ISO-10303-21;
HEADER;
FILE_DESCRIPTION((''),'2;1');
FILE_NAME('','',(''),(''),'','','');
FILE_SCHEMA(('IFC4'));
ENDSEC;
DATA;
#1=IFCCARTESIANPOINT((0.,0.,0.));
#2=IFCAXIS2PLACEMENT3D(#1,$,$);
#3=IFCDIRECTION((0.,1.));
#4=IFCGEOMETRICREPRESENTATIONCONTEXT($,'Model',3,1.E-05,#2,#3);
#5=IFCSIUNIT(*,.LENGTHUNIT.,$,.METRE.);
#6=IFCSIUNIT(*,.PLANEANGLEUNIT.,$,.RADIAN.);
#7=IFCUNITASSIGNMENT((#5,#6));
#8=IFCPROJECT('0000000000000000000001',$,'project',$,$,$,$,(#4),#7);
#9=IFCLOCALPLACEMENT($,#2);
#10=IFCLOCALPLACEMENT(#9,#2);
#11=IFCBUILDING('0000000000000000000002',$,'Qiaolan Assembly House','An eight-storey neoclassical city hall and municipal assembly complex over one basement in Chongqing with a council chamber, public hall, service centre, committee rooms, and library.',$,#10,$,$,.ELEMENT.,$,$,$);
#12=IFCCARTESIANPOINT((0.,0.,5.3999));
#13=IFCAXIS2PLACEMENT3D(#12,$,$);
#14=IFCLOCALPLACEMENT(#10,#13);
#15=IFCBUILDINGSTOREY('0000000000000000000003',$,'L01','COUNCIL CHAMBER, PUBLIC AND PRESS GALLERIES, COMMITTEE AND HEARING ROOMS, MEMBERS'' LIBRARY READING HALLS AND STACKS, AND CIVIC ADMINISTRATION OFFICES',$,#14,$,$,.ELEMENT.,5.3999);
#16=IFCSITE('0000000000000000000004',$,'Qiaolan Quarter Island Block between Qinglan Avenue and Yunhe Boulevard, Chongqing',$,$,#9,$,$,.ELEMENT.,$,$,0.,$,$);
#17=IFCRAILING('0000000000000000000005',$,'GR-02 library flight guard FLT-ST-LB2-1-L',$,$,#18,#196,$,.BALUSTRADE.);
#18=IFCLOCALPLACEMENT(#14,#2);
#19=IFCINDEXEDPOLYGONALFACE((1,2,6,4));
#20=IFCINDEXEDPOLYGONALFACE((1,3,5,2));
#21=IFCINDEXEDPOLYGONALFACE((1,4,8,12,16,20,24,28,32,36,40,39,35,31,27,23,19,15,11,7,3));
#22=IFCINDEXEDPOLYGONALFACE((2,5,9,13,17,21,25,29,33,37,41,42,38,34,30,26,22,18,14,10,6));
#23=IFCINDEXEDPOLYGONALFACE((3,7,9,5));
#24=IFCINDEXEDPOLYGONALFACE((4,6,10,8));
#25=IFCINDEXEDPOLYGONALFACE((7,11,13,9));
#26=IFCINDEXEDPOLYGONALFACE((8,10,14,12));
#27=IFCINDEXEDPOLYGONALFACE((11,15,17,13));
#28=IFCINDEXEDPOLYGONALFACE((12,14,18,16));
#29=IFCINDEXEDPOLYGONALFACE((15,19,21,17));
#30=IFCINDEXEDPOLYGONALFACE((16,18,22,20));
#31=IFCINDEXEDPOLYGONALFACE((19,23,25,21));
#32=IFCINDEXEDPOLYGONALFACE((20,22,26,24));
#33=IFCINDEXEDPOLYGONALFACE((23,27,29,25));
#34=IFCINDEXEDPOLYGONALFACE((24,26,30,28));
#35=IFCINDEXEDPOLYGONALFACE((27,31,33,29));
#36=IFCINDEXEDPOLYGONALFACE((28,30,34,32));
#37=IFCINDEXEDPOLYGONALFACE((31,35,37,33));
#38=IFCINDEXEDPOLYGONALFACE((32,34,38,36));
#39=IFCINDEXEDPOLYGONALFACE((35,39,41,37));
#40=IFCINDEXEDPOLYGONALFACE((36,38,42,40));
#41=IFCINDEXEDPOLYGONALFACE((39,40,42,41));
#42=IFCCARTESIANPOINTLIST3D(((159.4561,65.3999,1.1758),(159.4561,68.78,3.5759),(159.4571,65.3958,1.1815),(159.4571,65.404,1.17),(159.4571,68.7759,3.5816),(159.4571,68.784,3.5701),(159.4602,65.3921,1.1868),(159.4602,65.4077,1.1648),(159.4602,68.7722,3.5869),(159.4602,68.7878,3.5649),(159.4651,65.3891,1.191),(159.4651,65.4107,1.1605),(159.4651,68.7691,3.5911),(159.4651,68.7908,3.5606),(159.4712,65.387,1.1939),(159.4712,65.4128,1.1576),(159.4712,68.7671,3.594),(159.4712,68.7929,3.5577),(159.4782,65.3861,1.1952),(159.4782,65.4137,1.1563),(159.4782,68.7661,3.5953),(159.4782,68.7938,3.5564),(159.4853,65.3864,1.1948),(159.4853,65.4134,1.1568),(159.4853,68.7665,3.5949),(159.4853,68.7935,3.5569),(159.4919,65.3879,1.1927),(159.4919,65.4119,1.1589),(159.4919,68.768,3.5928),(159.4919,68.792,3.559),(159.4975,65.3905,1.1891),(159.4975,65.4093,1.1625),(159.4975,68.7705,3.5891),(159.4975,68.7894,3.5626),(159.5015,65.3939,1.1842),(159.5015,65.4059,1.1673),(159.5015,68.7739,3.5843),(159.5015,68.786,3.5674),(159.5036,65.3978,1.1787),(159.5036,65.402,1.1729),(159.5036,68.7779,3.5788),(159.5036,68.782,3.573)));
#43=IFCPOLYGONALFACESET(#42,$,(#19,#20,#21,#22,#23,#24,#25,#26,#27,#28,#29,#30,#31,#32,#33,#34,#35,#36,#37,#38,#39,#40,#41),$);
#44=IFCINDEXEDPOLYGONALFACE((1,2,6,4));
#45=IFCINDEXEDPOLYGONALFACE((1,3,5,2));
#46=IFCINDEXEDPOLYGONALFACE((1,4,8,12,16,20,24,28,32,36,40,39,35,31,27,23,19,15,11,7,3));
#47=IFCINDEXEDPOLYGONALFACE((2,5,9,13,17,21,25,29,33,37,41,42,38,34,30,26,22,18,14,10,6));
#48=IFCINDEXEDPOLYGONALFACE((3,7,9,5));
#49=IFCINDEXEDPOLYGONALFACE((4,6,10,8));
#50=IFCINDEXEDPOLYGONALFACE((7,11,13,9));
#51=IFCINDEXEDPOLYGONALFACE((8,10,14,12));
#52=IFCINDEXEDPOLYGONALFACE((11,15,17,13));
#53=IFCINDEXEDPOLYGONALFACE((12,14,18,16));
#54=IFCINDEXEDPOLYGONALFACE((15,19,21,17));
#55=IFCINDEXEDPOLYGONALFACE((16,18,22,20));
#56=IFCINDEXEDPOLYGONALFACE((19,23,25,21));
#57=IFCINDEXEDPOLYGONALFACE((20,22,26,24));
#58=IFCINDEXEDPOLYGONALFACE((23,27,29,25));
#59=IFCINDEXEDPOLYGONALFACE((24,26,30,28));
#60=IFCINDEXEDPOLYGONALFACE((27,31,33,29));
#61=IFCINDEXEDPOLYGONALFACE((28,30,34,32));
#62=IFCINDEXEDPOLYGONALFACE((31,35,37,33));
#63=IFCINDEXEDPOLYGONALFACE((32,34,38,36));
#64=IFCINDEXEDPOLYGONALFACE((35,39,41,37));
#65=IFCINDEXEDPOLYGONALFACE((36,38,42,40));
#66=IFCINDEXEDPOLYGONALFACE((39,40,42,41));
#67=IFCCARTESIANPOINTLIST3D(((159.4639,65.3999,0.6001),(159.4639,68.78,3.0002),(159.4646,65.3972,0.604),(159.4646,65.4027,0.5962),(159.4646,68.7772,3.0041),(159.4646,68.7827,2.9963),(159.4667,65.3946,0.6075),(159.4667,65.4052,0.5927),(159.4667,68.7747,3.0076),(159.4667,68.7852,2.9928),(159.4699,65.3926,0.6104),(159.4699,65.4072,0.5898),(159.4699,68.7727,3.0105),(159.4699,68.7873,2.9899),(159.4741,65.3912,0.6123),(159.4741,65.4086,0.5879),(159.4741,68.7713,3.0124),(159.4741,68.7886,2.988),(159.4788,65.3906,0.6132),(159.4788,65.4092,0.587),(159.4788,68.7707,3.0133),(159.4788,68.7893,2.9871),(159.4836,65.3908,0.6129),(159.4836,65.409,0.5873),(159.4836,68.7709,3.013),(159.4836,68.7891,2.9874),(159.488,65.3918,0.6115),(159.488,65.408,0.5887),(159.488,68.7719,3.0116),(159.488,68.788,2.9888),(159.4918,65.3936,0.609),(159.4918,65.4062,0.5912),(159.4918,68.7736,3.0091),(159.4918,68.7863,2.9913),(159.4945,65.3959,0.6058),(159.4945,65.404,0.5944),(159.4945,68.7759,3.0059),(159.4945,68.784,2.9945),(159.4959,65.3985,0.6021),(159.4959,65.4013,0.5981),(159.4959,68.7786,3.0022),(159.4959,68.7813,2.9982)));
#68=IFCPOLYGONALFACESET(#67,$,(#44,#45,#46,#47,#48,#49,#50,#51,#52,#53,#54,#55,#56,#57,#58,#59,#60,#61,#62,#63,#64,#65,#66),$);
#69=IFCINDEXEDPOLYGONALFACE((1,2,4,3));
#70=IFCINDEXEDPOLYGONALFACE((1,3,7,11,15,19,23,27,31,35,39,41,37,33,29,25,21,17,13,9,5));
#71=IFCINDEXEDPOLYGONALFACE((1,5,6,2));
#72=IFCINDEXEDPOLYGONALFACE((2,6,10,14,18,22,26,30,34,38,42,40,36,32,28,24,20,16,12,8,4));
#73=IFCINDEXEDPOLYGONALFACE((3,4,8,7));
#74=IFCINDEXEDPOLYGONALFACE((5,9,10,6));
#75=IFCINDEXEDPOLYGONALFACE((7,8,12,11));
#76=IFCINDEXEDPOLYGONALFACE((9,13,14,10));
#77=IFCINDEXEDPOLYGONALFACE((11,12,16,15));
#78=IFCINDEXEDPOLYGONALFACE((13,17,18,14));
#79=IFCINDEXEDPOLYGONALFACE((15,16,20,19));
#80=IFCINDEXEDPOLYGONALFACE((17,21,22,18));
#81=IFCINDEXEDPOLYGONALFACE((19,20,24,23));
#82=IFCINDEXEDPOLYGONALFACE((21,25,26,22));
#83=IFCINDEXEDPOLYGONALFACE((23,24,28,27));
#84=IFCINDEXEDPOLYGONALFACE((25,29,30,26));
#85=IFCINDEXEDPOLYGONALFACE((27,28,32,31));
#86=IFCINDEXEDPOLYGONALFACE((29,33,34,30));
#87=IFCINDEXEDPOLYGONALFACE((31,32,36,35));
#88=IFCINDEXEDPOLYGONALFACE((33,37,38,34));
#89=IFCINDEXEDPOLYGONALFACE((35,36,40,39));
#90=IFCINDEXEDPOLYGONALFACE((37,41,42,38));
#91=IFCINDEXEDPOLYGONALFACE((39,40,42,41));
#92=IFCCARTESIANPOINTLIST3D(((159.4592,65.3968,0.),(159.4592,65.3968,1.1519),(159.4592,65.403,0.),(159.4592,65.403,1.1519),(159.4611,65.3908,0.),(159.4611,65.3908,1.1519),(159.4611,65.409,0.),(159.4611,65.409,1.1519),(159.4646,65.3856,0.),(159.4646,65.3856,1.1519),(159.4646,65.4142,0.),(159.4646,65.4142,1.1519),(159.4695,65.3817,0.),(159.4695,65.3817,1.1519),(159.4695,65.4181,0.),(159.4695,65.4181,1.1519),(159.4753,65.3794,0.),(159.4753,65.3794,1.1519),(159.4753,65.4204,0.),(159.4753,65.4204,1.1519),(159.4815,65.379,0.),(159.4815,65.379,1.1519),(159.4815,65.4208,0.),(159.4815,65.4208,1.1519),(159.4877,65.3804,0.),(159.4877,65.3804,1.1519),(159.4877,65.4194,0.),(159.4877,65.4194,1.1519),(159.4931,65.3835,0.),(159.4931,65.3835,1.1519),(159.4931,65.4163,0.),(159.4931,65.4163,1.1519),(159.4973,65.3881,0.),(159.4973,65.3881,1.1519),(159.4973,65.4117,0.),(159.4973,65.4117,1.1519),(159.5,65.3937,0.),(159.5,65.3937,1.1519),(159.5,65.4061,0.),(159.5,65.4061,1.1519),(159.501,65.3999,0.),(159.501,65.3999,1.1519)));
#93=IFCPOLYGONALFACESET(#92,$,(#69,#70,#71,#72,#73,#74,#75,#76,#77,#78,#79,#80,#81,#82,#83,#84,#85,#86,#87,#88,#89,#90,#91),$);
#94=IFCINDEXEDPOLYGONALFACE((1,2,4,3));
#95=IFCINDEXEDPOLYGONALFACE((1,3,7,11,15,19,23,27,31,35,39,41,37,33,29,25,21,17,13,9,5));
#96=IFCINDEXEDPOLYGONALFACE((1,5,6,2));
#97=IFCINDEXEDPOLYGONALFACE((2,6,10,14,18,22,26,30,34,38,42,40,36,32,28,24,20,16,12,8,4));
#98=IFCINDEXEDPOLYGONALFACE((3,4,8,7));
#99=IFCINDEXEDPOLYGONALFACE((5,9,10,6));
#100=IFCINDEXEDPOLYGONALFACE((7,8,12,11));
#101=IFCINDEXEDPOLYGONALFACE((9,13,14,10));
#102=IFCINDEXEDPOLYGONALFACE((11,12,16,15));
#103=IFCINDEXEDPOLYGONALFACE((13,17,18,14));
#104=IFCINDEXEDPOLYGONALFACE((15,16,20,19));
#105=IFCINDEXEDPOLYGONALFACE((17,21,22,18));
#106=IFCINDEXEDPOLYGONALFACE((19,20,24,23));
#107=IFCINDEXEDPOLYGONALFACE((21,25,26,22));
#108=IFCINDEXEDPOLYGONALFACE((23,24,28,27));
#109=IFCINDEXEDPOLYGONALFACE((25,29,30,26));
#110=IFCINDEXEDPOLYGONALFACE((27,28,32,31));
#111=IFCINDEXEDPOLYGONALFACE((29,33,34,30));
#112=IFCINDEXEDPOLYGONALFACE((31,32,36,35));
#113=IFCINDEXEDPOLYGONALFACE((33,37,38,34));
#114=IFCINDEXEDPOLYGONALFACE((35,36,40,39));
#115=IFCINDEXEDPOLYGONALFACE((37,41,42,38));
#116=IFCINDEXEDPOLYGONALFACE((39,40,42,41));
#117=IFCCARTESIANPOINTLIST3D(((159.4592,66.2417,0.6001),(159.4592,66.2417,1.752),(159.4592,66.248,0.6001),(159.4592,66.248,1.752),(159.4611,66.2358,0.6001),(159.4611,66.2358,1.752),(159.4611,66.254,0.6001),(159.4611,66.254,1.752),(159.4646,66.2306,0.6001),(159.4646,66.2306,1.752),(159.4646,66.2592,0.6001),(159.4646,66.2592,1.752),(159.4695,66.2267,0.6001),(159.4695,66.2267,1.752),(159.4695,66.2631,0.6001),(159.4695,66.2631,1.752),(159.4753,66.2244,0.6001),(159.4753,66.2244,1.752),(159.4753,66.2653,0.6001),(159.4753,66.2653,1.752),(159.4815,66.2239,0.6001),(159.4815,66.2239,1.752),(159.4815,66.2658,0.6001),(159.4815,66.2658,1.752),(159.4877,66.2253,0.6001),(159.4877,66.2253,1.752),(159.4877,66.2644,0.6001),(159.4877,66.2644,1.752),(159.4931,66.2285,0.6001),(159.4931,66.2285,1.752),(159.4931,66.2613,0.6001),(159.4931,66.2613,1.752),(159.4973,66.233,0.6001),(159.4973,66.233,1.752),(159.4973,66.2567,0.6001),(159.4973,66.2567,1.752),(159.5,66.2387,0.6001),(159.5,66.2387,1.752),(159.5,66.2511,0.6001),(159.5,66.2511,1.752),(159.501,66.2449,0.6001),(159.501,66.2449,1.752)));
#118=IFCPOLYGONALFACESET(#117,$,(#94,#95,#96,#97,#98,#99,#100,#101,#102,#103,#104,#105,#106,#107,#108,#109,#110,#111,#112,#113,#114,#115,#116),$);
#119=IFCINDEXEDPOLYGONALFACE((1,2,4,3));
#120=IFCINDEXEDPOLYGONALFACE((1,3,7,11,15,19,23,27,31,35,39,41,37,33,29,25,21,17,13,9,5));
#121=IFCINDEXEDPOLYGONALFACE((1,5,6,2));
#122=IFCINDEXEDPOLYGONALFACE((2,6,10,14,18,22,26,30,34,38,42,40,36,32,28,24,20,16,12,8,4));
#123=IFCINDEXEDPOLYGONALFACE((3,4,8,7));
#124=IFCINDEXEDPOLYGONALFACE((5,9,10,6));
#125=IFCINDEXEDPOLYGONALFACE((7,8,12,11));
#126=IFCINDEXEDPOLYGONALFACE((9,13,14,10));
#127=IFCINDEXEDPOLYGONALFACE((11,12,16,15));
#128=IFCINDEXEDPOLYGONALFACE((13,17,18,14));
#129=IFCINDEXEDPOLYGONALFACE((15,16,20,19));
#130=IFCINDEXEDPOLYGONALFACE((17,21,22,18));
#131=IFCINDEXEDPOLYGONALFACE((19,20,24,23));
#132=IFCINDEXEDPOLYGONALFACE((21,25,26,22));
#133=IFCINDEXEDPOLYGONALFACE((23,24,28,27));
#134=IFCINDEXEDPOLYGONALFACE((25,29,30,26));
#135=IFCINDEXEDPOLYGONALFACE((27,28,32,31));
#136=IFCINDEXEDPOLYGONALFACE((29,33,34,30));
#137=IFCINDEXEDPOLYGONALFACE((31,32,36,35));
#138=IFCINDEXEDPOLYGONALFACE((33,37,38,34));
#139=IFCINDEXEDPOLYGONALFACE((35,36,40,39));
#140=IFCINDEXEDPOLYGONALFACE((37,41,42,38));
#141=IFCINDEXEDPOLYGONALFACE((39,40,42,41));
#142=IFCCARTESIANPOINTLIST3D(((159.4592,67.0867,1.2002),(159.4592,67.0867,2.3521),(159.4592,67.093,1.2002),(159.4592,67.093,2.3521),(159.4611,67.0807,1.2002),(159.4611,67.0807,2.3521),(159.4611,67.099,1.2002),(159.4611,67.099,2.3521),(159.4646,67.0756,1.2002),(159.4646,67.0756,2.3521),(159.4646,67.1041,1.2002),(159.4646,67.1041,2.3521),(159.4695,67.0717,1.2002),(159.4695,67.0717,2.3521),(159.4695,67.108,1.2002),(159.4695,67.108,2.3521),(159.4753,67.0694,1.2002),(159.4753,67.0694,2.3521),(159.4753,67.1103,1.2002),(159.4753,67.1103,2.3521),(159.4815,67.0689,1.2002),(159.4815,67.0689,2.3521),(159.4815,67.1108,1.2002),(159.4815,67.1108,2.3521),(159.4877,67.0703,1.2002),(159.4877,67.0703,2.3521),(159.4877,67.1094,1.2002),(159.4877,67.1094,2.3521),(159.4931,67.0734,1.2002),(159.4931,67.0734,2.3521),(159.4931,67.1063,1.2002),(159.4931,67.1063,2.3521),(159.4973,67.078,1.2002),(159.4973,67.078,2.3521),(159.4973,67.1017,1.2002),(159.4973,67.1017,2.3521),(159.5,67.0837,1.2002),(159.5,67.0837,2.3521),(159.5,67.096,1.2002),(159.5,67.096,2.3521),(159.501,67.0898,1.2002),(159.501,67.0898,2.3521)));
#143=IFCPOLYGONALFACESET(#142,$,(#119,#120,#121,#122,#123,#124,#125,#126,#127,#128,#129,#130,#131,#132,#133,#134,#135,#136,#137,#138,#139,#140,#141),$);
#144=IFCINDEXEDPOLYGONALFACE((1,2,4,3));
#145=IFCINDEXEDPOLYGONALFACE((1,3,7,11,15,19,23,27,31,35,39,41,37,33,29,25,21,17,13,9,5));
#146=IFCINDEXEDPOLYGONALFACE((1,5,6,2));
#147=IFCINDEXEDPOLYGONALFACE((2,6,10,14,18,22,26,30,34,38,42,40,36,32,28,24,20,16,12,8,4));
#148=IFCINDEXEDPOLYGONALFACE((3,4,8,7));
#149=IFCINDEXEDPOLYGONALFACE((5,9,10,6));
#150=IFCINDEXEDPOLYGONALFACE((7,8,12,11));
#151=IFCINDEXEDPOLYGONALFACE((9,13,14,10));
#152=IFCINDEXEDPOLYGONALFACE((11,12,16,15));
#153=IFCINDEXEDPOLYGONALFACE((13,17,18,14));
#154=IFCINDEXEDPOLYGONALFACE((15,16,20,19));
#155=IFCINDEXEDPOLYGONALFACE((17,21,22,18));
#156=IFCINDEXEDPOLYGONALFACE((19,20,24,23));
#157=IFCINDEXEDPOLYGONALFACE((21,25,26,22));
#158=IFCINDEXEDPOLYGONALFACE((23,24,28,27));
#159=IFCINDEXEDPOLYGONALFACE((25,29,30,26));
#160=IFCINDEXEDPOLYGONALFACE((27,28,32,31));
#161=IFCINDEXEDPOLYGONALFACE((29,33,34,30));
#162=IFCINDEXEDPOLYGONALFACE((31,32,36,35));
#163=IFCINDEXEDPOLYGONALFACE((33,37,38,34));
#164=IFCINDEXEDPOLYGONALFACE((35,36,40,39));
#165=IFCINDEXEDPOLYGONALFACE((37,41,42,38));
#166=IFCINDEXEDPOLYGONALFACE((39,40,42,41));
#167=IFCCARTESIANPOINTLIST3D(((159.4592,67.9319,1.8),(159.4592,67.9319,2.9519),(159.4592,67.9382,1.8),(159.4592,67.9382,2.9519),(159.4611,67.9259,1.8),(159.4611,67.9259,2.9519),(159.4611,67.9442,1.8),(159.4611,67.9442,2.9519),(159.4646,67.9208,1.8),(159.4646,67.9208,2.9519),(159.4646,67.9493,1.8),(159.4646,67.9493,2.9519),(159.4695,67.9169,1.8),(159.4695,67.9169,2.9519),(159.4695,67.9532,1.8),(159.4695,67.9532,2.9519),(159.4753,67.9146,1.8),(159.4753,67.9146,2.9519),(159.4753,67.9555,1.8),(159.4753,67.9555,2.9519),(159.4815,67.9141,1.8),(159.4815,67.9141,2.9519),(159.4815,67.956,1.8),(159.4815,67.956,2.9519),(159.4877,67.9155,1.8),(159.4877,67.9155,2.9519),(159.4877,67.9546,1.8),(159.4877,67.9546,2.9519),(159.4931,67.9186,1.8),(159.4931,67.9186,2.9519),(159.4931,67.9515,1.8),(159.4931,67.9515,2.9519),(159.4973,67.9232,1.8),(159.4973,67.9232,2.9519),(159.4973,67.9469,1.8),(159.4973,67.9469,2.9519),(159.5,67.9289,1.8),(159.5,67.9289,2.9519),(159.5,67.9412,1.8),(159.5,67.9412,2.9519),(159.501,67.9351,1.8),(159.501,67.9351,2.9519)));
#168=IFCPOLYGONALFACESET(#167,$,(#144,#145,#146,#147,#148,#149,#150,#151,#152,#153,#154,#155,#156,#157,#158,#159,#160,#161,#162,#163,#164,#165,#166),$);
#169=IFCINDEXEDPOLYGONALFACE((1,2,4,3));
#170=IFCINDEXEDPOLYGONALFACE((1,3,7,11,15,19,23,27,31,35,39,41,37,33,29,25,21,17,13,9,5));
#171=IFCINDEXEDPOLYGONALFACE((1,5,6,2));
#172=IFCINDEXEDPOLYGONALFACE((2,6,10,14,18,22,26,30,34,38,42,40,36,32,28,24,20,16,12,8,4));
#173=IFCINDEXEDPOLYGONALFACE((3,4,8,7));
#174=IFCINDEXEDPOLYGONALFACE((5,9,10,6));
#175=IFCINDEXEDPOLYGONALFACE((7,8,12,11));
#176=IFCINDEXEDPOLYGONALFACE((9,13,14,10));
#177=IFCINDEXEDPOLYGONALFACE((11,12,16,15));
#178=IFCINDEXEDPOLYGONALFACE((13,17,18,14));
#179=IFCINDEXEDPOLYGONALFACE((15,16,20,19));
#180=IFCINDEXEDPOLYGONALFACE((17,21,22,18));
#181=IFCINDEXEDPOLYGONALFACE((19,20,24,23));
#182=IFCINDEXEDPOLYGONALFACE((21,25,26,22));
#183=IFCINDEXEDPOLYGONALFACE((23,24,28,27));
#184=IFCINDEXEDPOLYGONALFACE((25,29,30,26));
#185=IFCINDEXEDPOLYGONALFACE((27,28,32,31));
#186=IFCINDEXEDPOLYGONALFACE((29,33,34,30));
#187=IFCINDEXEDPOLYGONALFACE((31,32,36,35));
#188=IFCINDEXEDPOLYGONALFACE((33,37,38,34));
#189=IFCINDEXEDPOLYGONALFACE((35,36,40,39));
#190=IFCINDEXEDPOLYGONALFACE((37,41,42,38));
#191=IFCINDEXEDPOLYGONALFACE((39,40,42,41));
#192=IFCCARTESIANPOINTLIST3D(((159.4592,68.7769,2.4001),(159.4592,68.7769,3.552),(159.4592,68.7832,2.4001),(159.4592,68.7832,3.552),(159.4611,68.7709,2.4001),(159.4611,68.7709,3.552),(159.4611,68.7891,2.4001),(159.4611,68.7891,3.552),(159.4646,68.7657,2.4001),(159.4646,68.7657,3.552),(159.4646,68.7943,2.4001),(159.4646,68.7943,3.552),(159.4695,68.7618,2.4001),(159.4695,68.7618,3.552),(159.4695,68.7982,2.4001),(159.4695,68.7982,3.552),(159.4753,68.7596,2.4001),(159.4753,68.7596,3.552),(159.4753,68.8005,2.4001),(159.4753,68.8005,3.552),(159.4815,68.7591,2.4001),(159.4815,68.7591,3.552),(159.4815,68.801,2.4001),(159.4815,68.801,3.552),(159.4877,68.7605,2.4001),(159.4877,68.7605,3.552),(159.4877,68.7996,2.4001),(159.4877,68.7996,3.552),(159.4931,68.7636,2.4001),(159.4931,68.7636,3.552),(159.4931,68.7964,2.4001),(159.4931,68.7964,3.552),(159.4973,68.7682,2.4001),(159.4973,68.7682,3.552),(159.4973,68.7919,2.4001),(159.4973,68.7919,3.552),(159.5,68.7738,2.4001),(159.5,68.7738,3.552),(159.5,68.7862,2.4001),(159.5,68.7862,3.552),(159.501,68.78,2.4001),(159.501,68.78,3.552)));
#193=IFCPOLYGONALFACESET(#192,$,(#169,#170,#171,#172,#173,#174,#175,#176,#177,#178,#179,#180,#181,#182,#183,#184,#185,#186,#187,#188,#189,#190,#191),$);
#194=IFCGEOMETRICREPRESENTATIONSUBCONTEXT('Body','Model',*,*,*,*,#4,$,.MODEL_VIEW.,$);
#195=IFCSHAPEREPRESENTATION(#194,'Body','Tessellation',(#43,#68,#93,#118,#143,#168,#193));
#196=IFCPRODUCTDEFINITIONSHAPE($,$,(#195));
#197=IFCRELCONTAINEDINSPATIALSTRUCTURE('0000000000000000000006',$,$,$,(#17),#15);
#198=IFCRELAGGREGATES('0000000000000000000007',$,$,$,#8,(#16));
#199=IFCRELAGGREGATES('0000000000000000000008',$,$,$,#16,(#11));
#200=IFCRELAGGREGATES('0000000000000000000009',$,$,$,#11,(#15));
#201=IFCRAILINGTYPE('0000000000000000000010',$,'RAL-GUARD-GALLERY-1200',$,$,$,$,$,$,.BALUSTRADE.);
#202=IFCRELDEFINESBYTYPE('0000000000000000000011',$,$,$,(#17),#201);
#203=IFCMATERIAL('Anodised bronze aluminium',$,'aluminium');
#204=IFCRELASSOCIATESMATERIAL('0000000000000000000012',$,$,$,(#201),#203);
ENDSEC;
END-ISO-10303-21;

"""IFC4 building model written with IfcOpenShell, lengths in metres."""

from ifc_helpers import new_model, si_unit, direction, frame, origin, origin_2d, place, context, subcontext, project, spatial, circle, extrude, material, type_object, element, save


model = new_model("IFC4")

# Units and contexts
model_context = context("Model", 3, precision=1e-05, world=origin(), true_north=direction((0.0, 1.0)))
body_context = subcontext(model_context, "Body", "Model", "MODEL_VIEW")
ifc_project = project(units=[si_unit("LENGTHUNIT", "METRE"), si_unit("PLANEANGLEUNIT", "RADIAN")], contexts=[model_context])

# Site, building, storey
site_placement = place(None, origin())
site = spatial("IfcSite", under=ifc_project, at=site_placement, Name="Qiaolan Quarter Island Block between Qinglan Avenue and Yunhe Boulevard, Chongqing", CompositionType="ELEMENT", RefElevation=0.0)
building_placement = place(site_placement, origin())
building = spatial("IfcBuilding", under=site, at=building_placement, Name="Qiaolan Assembly House", Description="An eight-storey neoclassical city hall and municipal assembly complex over one basement in Chongqing with a council chamber, public hall, service centre, committee rooms, and library.", CompositionType="ELEMENT")
storey_placement = place(building_placement, frame((0.0, 0.0, 5.3999)))
storey = spatial("IfcBuildingStorey", under=building, at=storey_placement, Name="L01", Description="COUNCIL CHAMBER, PUBLIC AND PRESS GALLERIES, COMMITTEE AND HEARING ROOMS, MEMBERS' LIBRARY READING HALLS AND STACKS, AND CIVIC ADMINISTRATION OFFICES", CompositionType="ELEMENT", Elevation=5.3999)

# Railing
ifc_material_1 = material(Name="Anodised bronze aluminium", Category="aluminium")
railing_type = type_object("IfcRailingType", Name="RAL-GUARD-GALLERY-1200", PredefinedType="BALUSTRADE", material=ifc_material_1)
for number, where, name in (
    (1, (159.48, 65.3999, 0.0), "GR-02 library flight guard FLT-ST-LB2-1-L"),
):
    element("IfcRailing", number, at=place(storey_placement, frame(where)), inside=storey, type_object=railing_type, Name=name, PredefinedType="BALUSTRADE", context=body_context, shape_type="SweptSolid", body=[
        extrude(circle(Radius=0.0239, at=origin_2d()), frame((0.0, 0.0, 1.1758), z_axis=(0.0, 0.815354, 0.578963), x_axis=(-1.0, 0.0, 0.0)), (0.0, 0.0, 1.0), 4.1455),
        extrude(circle(Radius=0.0161, at=origin_2d()), frame((0.0, 0.0, 0.6001), z_axis=(0.0, 0.815354, 0.578963), x_axis=(-1.0, 0.0, 0.0)), (0.0, 0.0, 1.0), 4.1455),
        extrude(circle(Radius=0.021, at=origin_2d()), origin(), (0.0, 0.0, 1.0), 1.1519),
        extrude(circle(Radius=0.021, at=origin_2d()), frame((0.0, 0.845, 0.6001)), (0.0, 0.0, 1.0), 1.1519),
        extrude(circle(Radius=0.021, at=origin_2d()), frame((0.0, 1.6899, 1.2002)), (0.0, 0.0, 1.0), 1.1519),
        extrude(circle(Radius=0.021, at=origin_2d()), frame((0.0, 2.5352, 1.8)), (0.0, 0.0, 1.0), 1.1519),
        extrude(circle(Radius=0.021, at=origin_2d()), frame((0.0, 3.3801, 2.4001)), (0.0, 0.0, 1.0), 1.1519),
    ])

save(model, "model.ifc")
